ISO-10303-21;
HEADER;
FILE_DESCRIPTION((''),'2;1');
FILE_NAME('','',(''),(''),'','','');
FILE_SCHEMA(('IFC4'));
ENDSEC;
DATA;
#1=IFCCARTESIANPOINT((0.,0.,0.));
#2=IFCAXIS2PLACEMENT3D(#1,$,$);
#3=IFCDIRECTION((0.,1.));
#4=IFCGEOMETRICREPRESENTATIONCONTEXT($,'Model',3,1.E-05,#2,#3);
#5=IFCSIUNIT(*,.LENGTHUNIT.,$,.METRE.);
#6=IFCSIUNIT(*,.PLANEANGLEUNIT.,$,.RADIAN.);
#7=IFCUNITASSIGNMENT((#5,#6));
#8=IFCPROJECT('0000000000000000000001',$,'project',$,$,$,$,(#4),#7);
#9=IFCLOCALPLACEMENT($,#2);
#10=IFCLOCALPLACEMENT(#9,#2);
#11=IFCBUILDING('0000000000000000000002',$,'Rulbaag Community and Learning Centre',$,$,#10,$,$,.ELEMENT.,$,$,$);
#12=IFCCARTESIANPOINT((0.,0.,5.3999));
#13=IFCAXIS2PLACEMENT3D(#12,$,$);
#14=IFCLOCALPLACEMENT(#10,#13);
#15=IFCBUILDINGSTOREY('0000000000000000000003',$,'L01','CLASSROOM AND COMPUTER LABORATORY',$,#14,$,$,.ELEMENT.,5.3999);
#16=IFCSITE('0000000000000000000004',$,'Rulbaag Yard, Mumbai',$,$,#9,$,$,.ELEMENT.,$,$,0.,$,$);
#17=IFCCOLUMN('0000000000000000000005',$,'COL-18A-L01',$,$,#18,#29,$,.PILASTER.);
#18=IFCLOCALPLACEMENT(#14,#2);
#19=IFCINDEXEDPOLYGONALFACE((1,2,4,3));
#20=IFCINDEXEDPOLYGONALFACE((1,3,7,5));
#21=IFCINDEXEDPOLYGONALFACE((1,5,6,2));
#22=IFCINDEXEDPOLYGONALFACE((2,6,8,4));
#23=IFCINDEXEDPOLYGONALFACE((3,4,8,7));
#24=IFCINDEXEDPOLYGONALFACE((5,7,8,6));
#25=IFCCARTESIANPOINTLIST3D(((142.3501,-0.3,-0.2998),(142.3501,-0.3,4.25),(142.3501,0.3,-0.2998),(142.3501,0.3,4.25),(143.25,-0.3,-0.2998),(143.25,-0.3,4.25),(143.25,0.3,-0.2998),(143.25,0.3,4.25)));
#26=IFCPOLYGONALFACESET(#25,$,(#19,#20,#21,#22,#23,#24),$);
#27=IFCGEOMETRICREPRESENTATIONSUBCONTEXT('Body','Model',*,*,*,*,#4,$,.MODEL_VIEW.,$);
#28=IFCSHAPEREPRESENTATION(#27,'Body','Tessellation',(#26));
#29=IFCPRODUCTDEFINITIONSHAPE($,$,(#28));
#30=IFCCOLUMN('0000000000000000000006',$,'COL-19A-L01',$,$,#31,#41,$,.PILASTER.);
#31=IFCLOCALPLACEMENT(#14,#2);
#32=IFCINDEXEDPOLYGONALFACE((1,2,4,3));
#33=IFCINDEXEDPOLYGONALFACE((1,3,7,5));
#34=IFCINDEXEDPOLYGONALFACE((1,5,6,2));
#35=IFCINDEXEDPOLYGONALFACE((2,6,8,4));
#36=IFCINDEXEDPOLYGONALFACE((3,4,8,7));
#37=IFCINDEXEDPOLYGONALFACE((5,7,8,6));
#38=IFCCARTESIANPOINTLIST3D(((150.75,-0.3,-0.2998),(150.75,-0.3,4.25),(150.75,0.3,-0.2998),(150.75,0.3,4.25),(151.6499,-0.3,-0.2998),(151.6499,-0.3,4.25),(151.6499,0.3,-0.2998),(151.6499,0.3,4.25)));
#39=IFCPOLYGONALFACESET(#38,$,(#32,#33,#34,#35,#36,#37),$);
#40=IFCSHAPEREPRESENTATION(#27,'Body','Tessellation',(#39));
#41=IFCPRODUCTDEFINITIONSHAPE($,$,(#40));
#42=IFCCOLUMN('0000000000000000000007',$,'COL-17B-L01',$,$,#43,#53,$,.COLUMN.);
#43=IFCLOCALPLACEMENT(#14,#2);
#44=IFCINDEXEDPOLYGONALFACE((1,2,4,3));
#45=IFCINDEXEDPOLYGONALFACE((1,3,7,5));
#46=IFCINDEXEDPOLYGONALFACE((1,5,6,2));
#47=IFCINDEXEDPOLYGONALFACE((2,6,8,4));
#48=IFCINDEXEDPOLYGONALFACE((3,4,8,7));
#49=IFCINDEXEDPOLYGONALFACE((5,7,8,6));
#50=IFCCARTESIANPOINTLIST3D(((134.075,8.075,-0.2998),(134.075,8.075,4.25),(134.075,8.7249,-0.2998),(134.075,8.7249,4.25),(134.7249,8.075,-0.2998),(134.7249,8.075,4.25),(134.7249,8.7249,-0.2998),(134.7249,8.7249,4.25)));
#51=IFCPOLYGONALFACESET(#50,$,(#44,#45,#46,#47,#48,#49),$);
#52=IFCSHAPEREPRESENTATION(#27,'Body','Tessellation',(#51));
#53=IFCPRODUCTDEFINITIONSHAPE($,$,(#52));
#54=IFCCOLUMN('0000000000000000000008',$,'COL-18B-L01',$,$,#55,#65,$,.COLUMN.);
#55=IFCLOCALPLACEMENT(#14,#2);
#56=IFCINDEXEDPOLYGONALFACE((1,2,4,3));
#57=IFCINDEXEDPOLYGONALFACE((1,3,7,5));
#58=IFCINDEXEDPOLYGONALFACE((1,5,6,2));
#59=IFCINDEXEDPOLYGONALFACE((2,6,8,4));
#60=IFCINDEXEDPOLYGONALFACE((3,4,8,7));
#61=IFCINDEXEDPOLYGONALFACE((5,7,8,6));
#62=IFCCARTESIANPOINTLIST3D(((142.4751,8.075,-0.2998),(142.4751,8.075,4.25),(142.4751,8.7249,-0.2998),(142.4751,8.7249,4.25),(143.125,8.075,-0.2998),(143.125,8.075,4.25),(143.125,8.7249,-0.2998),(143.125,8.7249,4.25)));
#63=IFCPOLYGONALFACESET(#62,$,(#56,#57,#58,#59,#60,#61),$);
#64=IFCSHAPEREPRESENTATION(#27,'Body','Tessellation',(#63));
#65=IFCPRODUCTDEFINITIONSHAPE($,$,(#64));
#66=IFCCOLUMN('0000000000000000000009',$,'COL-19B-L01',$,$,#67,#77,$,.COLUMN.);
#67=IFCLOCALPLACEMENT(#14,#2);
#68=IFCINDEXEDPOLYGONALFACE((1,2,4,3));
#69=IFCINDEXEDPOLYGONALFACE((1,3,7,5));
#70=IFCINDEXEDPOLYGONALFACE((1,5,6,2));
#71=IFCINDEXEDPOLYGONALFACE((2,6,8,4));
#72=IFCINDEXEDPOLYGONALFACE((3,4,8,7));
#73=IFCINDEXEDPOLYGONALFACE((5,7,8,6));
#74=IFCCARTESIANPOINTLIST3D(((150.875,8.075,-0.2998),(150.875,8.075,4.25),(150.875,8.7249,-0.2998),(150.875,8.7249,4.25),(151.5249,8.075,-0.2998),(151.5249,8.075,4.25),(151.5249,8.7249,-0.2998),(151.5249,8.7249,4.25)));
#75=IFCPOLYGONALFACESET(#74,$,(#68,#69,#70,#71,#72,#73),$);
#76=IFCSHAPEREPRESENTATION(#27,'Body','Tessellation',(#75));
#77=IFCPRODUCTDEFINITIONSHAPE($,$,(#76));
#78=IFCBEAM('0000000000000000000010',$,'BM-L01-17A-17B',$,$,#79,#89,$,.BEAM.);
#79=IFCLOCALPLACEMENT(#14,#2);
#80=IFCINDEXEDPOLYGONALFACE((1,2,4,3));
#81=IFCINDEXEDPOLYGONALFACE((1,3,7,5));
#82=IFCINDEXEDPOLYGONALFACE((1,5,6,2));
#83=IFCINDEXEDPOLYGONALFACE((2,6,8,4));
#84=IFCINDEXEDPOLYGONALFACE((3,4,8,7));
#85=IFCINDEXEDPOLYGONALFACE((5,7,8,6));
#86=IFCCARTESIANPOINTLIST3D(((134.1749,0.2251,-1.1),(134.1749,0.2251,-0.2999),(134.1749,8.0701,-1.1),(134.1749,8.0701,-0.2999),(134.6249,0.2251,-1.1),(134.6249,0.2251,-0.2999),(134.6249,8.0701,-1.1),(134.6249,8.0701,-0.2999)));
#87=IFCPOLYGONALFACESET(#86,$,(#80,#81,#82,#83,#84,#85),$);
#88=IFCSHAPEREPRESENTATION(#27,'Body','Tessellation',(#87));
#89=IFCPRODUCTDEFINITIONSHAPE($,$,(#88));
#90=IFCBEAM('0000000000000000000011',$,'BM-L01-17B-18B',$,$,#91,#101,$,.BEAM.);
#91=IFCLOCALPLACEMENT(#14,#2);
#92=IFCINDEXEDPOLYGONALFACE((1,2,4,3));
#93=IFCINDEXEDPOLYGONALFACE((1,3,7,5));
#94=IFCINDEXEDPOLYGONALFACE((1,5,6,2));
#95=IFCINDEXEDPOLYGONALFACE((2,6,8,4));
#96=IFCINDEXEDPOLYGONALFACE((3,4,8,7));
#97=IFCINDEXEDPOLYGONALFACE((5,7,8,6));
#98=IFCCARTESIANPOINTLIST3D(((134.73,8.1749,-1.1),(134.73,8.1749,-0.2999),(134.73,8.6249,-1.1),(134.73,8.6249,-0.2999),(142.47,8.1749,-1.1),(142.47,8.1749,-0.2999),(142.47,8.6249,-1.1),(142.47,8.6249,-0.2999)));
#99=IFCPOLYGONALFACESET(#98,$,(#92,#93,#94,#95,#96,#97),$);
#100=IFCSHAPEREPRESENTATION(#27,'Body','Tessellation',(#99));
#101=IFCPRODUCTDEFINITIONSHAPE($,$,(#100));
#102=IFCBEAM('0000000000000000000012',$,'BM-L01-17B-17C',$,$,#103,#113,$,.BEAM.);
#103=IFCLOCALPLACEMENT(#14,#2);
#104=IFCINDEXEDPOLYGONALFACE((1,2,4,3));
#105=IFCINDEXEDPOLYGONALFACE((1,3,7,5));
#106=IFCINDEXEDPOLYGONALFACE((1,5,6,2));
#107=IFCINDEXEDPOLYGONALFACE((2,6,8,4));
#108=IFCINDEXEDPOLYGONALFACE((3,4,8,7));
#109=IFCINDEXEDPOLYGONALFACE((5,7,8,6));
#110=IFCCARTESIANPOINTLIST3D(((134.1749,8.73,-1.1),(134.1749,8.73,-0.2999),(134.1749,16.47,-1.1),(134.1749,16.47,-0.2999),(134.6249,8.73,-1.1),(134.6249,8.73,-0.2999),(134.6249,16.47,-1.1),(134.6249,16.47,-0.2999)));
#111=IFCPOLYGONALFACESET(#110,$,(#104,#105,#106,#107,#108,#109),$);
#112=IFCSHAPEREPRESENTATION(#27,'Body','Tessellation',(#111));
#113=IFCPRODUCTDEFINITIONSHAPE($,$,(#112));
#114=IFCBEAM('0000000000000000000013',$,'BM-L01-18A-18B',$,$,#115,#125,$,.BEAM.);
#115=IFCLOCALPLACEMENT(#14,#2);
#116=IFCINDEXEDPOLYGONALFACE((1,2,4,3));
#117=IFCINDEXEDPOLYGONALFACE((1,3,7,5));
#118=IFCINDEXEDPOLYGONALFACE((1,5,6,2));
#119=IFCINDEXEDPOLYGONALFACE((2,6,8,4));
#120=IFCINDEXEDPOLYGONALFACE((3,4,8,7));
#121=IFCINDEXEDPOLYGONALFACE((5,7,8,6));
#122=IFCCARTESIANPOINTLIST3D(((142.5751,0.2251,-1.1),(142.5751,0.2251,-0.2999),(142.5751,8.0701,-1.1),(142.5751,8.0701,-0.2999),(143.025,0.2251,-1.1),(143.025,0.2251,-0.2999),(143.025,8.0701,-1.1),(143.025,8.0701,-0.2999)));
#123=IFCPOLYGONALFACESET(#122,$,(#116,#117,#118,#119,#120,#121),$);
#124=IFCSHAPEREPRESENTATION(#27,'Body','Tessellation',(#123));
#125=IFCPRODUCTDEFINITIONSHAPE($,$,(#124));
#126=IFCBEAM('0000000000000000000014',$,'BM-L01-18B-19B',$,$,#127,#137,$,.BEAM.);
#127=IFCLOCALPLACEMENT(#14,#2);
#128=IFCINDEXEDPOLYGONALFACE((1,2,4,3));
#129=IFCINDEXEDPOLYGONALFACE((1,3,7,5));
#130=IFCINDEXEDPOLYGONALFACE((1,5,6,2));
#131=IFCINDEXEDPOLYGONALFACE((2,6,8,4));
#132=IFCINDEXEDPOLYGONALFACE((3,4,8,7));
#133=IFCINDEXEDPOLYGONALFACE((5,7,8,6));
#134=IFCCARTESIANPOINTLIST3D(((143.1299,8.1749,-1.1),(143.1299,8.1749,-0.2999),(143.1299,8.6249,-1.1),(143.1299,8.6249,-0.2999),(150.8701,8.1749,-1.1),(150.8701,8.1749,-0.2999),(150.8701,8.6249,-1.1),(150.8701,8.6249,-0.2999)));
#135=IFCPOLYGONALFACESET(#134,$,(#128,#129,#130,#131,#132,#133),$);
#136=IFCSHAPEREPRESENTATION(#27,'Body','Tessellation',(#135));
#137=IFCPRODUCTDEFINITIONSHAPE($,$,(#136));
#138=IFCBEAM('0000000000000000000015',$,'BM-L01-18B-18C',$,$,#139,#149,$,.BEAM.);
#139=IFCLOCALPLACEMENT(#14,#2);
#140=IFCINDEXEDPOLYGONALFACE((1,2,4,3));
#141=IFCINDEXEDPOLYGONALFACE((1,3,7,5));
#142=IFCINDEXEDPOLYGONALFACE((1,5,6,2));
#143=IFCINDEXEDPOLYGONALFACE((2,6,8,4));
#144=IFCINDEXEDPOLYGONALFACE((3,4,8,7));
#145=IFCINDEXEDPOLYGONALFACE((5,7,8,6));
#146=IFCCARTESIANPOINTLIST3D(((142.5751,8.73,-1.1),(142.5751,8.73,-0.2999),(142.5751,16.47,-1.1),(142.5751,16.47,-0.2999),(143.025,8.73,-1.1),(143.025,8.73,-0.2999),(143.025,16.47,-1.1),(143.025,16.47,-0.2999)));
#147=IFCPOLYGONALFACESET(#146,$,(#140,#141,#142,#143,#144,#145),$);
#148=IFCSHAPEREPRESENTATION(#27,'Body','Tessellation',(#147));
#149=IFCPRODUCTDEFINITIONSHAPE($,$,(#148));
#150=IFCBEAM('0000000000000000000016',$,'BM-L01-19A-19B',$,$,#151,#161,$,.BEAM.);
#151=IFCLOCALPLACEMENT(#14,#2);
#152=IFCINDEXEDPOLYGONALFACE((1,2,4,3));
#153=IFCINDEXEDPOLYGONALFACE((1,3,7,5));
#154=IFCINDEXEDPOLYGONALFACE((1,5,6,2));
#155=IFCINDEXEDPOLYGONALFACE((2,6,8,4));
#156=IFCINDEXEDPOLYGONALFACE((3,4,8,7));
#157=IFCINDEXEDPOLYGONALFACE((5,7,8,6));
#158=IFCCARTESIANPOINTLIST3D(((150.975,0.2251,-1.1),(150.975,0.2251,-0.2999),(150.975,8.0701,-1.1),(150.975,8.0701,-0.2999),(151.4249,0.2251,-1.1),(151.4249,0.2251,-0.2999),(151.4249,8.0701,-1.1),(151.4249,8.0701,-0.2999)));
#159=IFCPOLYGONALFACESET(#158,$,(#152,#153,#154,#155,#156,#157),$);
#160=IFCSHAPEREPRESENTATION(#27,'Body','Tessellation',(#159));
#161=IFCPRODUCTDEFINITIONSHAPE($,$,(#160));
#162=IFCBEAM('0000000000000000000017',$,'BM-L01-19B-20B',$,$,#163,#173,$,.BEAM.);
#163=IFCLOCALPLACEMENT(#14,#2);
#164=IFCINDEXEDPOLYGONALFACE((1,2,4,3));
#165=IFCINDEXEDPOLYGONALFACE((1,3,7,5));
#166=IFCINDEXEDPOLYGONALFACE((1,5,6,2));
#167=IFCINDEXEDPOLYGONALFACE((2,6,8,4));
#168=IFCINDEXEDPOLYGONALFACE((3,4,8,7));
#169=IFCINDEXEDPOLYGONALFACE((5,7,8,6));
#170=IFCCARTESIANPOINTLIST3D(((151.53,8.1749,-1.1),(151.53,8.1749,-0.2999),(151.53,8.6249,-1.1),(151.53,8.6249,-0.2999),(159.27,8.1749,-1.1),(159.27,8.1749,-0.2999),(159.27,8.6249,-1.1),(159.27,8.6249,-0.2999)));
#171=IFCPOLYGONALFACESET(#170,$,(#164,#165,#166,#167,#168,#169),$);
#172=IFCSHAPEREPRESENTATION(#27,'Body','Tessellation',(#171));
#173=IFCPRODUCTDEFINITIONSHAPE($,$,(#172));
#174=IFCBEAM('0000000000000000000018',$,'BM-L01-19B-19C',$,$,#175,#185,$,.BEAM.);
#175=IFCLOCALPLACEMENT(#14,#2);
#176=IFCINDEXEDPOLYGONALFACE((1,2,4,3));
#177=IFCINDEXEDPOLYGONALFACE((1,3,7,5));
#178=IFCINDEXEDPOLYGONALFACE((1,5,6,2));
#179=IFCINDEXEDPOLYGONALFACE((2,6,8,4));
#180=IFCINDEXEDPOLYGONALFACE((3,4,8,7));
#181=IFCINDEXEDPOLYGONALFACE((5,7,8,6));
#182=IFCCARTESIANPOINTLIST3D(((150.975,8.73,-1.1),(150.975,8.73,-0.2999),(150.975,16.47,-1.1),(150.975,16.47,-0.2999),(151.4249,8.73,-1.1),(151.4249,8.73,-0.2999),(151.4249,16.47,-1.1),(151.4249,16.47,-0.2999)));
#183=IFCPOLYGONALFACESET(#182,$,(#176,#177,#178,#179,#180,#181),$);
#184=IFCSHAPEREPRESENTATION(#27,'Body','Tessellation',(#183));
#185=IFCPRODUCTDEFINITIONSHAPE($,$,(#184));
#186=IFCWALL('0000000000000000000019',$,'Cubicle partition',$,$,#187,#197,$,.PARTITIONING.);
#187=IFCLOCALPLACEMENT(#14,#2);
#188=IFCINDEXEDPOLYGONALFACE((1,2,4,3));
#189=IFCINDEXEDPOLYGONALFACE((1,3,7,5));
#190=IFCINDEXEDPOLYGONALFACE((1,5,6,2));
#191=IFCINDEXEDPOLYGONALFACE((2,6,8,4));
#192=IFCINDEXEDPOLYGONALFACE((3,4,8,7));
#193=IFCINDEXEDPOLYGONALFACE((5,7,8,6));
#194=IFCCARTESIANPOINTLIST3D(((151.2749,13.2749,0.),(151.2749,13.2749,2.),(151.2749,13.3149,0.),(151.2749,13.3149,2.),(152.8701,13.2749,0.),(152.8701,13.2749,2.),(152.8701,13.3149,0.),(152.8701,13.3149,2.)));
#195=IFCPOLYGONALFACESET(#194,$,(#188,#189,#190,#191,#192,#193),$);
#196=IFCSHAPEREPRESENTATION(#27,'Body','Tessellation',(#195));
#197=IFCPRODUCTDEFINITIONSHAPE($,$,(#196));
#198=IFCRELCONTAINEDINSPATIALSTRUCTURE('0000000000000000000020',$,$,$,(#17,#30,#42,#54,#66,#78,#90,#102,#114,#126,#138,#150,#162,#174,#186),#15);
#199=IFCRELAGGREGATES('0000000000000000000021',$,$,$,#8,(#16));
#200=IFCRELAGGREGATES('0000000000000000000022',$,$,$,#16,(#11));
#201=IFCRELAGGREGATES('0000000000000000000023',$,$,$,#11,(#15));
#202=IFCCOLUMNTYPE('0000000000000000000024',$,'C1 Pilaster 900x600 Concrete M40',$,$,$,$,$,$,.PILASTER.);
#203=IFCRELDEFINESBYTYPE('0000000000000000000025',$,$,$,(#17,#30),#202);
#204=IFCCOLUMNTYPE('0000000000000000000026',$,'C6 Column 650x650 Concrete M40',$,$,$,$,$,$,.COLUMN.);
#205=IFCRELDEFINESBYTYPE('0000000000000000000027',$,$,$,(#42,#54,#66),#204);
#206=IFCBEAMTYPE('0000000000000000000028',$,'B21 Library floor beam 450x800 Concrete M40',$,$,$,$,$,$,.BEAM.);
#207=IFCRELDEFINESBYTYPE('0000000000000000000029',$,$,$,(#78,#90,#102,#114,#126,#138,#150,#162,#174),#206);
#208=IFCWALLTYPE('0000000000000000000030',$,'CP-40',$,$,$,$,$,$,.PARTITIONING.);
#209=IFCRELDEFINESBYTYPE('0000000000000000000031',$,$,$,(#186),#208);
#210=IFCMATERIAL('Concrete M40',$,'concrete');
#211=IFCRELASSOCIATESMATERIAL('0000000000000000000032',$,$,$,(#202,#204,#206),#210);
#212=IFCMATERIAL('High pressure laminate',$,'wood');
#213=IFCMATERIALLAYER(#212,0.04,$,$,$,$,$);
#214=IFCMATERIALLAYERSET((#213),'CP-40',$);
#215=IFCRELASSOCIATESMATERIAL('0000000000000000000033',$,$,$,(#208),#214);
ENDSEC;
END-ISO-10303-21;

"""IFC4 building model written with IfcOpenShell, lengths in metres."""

from ifc_helpers import new_model, si_unit, direction, frame, frame_2d, origin, origin_2d, place, context, subcontext, project, spatial, rectangle, extrude, material, layer, layer_set, material_profile, profile_set, type_object, element, save


model = new_model("IFC4")

# Units and contexts
model_context = context("Model", 3, precision=1e-05, world=origin(), true_north=direction((0.0, 1.0)))
body_context = subcontext(model_context, "Body", "Model", "MODEL_VIEW")
ifc_project = project(units=[si_unit("LENGTHUNIT", "METRE"), si_unit("PLANEANGLEUNIT", "RADIAN")], contexts=[model_context])

# Site, building, storey
site_placement = place(None, origin())
site = spatial("IfcSite", under=ifc_project, at=site_placement, Name="Rulbaag Yard, Mumbai", CompositionType="ELEMENT", RefElevation=0.0)
building_placement = place(site_placement, origin())
building = spatial("IfcBuilding", under=site, at=building_placement, Name="Rulbaag Community and Learning Centre", CompositionType="ELEMENT")
storey_placement = place(building_placement, frame((0.0, 0.0, 5.3999)))
storey = spatial("IfcBuildingStorey", under=building, at=storey_placement, Name="L01", Description="CLASSROOM AND COMPUTER LABORATORY", CompositionType="ELEMENT", Elevation=5.3999)

# Columns
ifc_material_1 = material(Name="Concrete M40", Category="concrete")
ifc_material_profile_1 = material_profile(ifc_material_1, rectangle(XDim=0.8999, YDim=0.6001, at=origin_2d()), Name="RC900x600")
ifc_profile_set_1 = profile_set([ifc_material_profile_1], Name="Concrete M40")
column_type_1 = type_object("IfcColumnType", Name="C1 Pilaster 900x600 Concrete M40", PredefinedType="PILASTER", material=ifc_profile_set_1)
for number, where, z_axis, x_axis, name in (
    (1, (142.8, 0.0, -0.2998), (0.0, 0.0, 1.0), (1.0, 0.0, 0.0), "COL-18A-L01"),
    (2, (151.2, 0.0, -0.2998), (0.0, 0.0, 1.0), (1.0, 0.0, 0.0), "COL-19A-L01"),
):
    element("IfcColumn", number, at=place(storey_placement, frame(where, z_axis=z_axis, x_axis=x_axis)), inside=storey, type_object=column_type_1, Name=name, PredefinedType="PILASTER", context=body_context, shape_type="SweptSolid", body=[
        extrude(rectangle(XDim=0.8999, YDim=0.6001, at=origin_2d()), origin(), (0.0, 0.0, 1.0), 4.5498),
    ])
ifc_material_profile_2 = material_profile(ifc_material_1, rectangle(XDim=0.6499, YDim=0.6499, at=origin_2d()), Name="RC650x650")
ifc_profile_set_2 = profile_set([ifc_material_profile_2], Name="Concrete M40")
column_type_2 = type_object("IfcColumnType", Name="C6 Column 650x650 Concrete M40", PredefinedType="COLUMN", material=ifc_profile_set_2)
for number, where, z_axis, x_axis, name in (
    (3, (134.3999, 8.3999, -0.2998), (0.0, 0.0, 1.0), (1.0, 0.0, 0.0), "COL-17B-L01"),
    (4, (142.8, 8.3999, -0.2998), (0.0, 0.0, 1.0), (1.0, 0.0, 0.0), "COL-18B-L01"),
    (5, (151.2, 8.3999, -0.2998), (0.0, 0.0, 1.0), (1.0, 0.0, 0.0), "COL-19B-L01"),
):
    element("IfcColumn", number, at=place(storey_placement, frame(where, z_axis=z_axis, x_axis=x_axis)), inside=storey, type_object=column_type_2, Name=name, PredefinedType="COLUMN", context=body_context, shape_type="SweptSolid", body=[
        extrude(rectangle(XDim=0.6499, YDim=0.6499, at=origin_2d()), origin(), (0.0, 0.0, 1.0), 4.5498),
    ])

# Beams
ifc_material_profile_3 = material_profile(ifc_material_1, rectangle(XDim=0.45, YDim=0.8, at=origin_2d()), Name="RB450x800")
ifc_profile_set_3 = profile_set([ifc_material_profile_3], Name="Concrete M40")
beam_type = type_object("IfcBeamType", Name="B21 Library floor beam 450x800 Concrete M40", PredefinedType="BEAM", material=ifc_profile_set_3)
beam_1_placement = place(storey_placement, frame((134.3999, 0.2251, -0.7), z_axis=(0.0, 1.0, 0.0), x_axis=(-1.0, 0.0, 0.0)))
element("IfcBeam", 6, at=beam_1_placement, inside=storey, type_object=beam_type, Name="BM-L01-17A-17B", PredefinedType="BEAM", context=body_context, shape_type="SweptSolid", body=[
    extrude(rectangle(XDim=0.45, YDim=0.8, at=origin_2d()), origin(), (0.0, 0.0, 1.0), 7.845),
])
for number, where, z_axis, x_axis, name in (
    (7, (134.73, 8.3999, -0.7), (1.0, 0.0, 0.0), (0.0, 1.0, 0.0), "BM-L01-17B-18B"),
    (8, (134.3999, 8.73, -0.7), (0.0, 1.0, 0.0), (-1.0, 0.0, 0.0), "BM-L01-17B-17C"),
):
    element("IfcBeam", number, at=place(storey_placement, frame(where, z_axis=z_axis, x_axis=x_axis)), inside=storey, type_object=beam_type, Name=name, PredefinedType="BEAM", context=body_context, shape_type="SweptSolid", body=[
        extrude(rectangle(XDim=0.45, YDim=0.8, at=origin_2d()), origin(), (0.0, 0.0, 1.0), 7.74),
    ])
beam_2_placement = place(storey_placement, frame((142.8, 0.2251, -0.7), z_axis=(0.0, 1.0, 0.0), x_axis=(-1.0, 0.0, 0.0)))
element("IfcBeam", 9, at=beam_2_placement, inside=storey, type_object=beam_type, Name="BM-L01-18A-18B", PredefinedType="BEAM", context=body_context, shape_type="SweptSolid", body=[
    extrude(rectangle(XDim=0.45, YDim=0.8, at=origin_2d()), origin(), (0.0, 0.0, 1.0), 7.845),
])
beam_3_placement = place(storey_placement, frame((143.1299, 8.3999, -0.7), z_axis=(1.0, 0.0, 0.0), x_axis=(0.0, 1.0, 0.0)))
element("IfcBeam", 10, at=beam_3_placement, inside=storey, type_object=beam_type, Name="BM-L01-18B-19B", PredefinedType="BEAM", context=body_context, shape_type="SweptSolid", body=[
    extrude(rectangle(XDim=0.45, YDim=0.8, at=origin_2d()), origin(), (0.0, 0.0, 1.0), 7.7402),
])
beam_4_placement = place(storey_placement, frame((142.8, 8.73, -0.7), z_axis=(0.0, 1.0, 0.0), x_axis=(-1.0, 0.0, 0.0)))
element("IfcBeam", 11, at=beam_4_placement, inside=storey, type_object=beam_type, Name="BM-L01-18B-18C", PredefinedType="BEAM", context=body_context, shape_type="SweptSolid", body=[
    extrude(rectangle(XDim=0.45, YDim=0.8, at=origin_2d()), origin(), (0.0, 0.0, 1.0), 7.74),
])
beam_5_placement = place(storey_placement, frame((151.2, 0.2251, -0.7), z_axis=(0.0, 1.0, 0.0), x_axis=(-1.0, 0.0, 0.0)))
element("IfcBeam", 12, at=beam_5_placement, inside=storey, type_object=beam_type, Name="BM-L01-19A-19B", PredefinedType="BEAM", context=body_context, shape_type="SweptSolid", body=[
    extrude(rectangle(XDim=0.45, YDim=0.8, at=origin_2d()), origin(), (0.0, 0.0, 1.0), 7.845),
])
for number, where, z_axis, x_axis, name in (
    (13, (151.53, 8.3999, -0.7), (1.0, 0.0, 0.0), (0.0, 1.0, 0.0), "BM-L01-19B-20B"),
    (14, (151.2, 8.73, -0.7), (0.0, 1.0, 0.0), (-1.0, 0.0, 0.0), "BM-L01-19B-19C"),
):
    element("IfcBeam", number, at=place(storey_placement, frame(where, z_axis=z_axis, x_axis=x_axis)), inside=storey, type_object=beam_type, Name=name, PredefinedType="BEAM", context=body_context, shape_type="SweptSolid", body=[
        extrude(rectangle(XDim=0.45, YDim=0.8, at=origin_2d()), origin(), (0.0, 0.0, 1.0), 7.74),
    ])

# Wall
ifc_material_2 = material(Name="High pressure laminate", Category="wood")
ifc_layer_1 = layer(ifc_material_2, 0.04)
ifc_layer_set_1 = layer_set([ifc_layer_1], Name="CP-40")
wall_type_1 = type_object("IfcWallType", Name="CP-40", PredefinedType="PARTITIONING", material=ifc_layer_set_1)
wall_1_placement = place(storey_placement, frame((151.2749, 13.2949, 0.0), z_axis=(0.0, 0.0, 1.0), x_axis=(1.0, 0.0, 0.0)))
element("IfcWall", 15, at=wall_1_placement, inside=storey, type_object=wall_type_1, Name="Cubicle partition", PredefinedType="PARTITIONING", context=body_context, shape_type="SweptSolid", body=[
    extrude(rectangle(XDim=1.5952, YDim=0.04, at=frame_2d((0.7976, 0.0))), origin(), (0.0, 0.0, 1.0), 2.0),
])

save(model, "model.ifc")
